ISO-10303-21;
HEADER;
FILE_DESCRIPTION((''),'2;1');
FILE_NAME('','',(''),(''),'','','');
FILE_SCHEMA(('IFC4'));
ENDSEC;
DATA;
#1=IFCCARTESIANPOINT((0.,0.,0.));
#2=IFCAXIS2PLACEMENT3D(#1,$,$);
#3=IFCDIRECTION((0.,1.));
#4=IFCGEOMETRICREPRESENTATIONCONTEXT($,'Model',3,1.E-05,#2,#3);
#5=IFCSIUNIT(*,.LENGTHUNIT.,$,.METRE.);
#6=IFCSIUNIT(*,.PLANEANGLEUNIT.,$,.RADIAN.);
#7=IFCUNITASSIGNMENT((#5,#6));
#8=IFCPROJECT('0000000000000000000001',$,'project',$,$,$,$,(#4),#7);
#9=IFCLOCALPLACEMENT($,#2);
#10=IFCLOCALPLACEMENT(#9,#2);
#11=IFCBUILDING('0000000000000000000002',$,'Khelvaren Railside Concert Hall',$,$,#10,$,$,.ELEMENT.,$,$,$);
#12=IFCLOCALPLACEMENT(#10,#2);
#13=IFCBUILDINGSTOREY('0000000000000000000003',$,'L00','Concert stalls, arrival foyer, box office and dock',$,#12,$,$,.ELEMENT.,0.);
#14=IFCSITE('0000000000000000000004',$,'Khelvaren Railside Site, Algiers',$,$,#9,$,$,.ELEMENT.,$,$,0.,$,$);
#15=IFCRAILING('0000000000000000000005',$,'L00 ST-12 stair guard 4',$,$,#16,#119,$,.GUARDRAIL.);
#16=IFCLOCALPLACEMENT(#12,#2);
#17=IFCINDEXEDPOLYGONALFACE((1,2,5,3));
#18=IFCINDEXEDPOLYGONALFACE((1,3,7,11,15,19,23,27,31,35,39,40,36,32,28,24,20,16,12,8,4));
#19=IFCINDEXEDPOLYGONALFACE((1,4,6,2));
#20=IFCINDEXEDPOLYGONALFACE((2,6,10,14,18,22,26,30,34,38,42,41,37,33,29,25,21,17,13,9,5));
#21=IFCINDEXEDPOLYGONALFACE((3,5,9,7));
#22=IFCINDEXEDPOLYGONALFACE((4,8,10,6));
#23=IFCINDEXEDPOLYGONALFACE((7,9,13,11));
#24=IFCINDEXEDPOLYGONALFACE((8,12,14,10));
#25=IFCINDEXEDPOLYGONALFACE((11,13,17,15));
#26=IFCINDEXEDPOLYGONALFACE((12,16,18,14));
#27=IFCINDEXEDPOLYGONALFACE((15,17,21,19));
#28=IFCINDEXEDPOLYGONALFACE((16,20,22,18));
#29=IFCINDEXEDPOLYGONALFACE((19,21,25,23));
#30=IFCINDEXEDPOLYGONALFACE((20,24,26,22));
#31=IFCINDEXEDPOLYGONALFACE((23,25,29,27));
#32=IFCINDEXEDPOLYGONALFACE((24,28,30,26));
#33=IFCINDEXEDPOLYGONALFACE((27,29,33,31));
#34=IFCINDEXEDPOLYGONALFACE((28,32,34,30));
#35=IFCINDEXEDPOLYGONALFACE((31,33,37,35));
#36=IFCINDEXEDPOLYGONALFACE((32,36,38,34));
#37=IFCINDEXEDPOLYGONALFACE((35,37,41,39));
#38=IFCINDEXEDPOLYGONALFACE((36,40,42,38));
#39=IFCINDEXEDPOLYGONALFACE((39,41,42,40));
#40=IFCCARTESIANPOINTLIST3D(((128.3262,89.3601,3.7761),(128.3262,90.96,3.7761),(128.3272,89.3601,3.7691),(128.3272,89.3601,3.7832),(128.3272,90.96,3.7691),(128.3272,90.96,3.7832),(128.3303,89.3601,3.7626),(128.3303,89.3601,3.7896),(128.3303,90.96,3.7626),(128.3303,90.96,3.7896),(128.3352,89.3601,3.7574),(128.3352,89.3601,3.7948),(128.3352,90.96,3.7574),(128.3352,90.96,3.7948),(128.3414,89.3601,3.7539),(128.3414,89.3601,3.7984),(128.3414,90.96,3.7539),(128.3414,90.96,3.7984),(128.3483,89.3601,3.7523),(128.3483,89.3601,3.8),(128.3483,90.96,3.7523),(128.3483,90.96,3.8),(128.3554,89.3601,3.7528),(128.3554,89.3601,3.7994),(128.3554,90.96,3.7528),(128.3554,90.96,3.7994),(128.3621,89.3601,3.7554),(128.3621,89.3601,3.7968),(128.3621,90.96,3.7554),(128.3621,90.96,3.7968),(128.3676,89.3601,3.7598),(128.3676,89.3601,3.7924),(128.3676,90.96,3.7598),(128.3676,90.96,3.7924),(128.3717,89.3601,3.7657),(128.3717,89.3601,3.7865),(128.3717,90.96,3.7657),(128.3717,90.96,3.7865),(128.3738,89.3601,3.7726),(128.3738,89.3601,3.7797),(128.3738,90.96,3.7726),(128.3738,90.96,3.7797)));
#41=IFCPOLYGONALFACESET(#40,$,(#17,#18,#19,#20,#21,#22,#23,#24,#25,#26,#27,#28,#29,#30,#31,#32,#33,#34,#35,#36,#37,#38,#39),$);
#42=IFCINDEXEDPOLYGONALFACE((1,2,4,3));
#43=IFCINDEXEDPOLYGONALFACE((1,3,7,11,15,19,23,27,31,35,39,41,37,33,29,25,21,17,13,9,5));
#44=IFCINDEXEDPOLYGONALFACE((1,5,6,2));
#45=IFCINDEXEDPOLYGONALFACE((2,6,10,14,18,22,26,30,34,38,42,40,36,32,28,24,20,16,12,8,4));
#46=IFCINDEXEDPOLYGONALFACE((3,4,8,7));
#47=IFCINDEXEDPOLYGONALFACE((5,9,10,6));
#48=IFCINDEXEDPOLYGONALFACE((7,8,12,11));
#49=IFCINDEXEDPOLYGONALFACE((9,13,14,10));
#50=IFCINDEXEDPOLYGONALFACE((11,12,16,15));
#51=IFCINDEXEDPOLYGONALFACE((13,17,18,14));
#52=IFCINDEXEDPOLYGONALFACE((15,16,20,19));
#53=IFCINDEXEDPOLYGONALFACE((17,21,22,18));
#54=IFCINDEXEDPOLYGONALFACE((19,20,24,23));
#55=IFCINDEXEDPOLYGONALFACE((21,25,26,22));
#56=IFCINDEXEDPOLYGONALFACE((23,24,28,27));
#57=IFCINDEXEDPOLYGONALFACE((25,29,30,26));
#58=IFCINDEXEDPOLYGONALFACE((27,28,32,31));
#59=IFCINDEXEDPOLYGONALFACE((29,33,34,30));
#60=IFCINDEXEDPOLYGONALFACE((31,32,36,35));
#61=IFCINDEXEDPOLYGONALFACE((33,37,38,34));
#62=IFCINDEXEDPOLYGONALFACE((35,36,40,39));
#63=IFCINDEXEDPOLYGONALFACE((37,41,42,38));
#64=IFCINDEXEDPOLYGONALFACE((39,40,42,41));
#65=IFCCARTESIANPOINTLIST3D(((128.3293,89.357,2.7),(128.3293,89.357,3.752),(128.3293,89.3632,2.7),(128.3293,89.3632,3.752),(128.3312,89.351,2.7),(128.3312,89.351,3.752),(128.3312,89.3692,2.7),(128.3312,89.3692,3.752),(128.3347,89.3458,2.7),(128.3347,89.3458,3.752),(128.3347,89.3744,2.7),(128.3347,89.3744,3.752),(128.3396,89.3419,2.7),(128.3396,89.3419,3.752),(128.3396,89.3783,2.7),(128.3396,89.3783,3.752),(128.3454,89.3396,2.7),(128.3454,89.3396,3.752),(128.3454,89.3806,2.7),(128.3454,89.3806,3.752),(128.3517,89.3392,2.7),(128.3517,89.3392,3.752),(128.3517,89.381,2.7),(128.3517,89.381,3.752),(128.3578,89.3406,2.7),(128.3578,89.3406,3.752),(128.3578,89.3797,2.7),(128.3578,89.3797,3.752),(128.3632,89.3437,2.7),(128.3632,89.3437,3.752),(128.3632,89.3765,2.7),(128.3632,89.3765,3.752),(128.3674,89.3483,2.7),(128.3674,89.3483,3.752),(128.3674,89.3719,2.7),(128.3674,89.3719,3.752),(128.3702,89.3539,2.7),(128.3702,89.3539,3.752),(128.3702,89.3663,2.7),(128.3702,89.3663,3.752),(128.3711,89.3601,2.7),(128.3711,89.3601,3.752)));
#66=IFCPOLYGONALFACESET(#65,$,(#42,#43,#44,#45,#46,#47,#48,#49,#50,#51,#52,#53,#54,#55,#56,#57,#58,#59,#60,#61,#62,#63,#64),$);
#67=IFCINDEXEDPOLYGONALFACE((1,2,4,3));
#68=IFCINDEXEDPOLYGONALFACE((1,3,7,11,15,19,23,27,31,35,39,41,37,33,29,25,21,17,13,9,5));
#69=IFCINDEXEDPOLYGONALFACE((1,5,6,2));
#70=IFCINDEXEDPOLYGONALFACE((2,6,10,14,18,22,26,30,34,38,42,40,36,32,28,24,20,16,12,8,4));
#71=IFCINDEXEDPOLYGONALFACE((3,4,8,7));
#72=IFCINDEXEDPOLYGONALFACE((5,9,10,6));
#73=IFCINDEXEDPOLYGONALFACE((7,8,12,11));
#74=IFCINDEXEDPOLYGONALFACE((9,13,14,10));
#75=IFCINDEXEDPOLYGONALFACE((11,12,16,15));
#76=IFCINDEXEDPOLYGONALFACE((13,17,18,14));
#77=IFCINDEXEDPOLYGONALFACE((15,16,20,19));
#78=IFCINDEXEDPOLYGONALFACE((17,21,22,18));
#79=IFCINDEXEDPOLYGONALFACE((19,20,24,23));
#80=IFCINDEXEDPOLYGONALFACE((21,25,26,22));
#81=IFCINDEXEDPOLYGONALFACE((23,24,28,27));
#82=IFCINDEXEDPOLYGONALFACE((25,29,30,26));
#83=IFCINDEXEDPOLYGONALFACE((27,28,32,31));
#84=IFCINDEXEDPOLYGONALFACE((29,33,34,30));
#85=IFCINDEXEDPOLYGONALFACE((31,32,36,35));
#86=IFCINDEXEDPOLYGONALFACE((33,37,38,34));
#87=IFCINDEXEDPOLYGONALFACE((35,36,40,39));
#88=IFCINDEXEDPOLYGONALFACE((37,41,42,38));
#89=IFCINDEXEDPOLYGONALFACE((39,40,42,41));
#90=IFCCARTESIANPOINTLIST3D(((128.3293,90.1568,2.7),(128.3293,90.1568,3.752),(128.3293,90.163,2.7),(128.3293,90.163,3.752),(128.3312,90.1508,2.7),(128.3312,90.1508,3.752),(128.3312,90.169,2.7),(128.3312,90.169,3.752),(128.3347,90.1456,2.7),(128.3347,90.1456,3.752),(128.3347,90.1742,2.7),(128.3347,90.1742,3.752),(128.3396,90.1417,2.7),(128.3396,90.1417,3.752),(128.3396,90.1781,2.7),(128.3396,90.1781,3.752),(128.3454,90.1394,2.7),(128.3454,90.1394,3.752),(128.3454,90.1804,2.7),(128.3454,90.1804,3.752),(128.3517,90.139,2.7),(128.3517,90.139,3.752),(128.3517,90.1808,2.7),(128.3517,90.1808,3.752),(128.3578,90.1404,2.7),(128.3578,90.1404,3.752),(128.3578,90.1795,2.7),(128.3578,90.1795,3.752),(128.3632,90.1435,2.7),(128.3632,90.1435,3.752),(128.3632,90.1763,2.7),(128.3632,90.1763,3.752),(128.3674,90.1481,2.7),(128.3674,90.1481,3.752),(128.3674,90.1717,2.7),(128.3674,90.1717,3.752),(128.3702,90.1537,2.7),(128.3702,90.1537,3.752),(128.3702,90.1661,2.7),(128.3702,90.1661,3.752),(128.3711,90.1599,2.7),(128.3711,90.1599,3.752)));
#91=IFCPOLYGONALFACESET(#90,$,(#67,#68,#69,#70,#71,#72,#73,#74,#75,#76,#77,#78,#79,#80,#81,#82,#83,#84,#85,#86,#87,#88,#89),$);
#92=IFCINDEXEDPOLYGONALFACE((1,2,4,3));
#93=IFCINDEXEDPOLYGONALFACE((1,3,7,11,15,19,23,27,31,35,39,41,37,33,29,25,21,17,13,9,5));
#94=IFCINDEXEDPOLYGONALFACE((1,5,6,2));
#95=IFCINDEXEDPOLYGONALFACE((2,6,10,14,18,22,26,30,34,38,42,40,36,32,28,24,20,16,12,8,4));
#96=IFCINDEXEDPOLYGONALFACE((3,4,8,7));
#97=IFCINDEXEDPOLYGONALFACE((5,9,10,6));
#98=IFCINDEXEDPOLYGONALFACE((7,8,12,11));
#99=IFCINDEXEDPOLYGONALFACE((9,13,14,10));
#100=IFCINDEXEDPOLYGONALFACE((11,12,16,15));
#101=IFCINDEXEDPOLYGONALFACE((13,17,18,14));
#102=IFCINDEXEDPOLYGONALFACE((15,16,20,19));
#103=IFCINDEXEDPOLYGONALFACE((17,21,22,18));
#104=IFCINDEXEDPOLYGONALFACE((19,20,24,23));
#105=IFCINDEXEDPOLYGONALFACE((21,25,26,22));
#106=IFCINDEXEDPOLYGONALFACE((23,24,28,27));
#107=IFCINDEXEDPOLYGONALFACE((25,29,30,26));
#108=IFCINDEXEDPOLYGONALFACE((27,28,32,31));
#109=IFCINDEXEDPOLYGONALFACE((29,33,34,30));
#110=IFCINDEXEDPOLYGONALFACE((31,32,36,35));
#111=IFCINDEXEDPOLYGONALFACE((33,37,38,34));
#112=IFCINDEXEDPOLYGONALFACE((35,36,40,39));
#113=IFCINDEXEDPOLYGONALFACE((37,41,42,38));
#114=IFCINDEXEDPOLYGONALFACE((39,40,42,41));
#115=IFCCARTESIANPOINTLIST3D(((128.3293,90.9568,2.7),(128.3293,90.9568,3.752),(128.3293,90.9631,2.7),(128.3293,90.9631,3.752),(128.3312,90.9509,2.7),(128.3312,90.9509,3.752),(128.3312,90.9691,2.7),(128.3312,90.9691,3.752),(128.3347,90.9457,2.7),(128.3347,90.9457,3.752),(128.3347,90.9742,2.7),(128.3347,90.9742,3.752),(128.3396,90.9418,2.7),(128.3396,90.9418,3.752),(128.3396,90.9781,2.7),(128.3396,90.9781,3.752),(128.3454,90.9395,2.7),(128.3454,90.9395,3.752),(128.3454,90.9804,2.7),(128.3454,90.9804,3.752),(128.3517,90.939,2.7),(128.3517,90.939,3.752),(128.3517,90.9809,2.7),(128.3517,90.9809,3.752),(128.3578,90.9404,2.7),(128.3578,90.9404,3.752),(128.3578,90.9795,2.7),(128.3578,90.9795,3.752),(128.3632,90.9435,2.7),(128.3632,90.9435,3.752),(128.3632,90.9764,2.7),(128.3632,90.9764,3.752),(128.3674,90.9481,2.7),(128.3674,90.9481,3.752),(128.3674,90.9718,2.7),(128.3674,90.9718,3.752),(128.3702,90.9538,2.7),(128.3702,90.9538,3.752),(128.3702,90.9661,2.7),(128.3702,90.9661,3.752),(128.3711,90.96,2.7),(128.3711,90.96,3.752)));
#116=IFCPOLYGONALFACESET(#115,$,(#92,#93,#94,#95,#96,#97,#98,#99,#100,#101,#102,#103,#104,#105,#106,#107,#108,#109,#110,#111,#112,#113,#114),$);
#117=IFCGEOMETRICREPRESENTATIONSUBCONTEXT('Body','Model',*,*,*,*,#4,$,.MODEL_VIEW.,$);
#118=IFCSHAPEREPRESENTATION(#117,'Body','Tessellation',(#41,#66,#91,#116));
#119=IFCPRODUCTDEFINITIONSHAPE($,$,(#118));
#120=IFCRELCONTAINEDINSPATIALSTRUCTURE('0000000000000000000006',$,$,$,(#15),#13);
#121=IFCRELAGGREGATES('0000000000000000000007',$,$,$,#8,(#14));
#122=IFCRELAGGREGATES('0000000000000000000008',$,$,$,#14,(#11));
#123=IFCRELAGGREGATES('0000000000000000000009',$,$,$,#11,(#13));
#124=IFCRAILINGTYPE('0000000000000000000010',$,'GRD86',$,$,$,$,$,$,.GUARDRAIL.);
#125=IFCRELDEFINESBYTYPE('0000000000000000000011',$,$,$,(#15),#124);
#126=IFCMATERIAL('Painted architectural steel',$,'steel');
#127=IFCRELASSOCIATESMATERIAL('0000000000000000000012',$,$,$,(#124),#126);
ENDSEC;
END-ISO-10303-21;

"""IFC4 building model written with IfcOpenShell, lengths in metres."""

from ifc_helpers import new_model, si_unit, direction, frame, origin, origin_2d, place, context, subcontext, project, spatial, circle, extrude, material, type_object, element, save


model = new_model("IFC4")

# Units and contexts
model_context = context("Model", 3, precision=1e-05, world=origin(), true_north=direction((0.0, 1.0)))
body_context = subcontext(model_context, "Body", "Model", "MODEL_VIEW")
ifc_project = project(units=[si_unit("LENGTHUNIT", "METRE"), si_unit("PLANEANGLEUNIT", "RADIAN")], contexts=[model_context])

# Site, building, storey
site_placement = place(None, origin())
site = spatial("IfcSite", under=ifc_project, at=site_placement, Name="Khelvaren Railside Site, Algiers", CompositionType="ELEMENT", RefElevation=0.0)
building_placement = place(site_placement, origin())
building = spatial("IfcBuilding", under=site, at=building_placement, Name="Khelvaren Railside Concert Hall", CompositionType="ELEMENT")
storey_placement = place(building_placement, origin())
storey = spatial("IfcBuildingStorey", under=building, at=storey_placement, Name="L00", Description="Concert stalls, arrival foyer, box office and dock", CompositionType="ELEMENT", Elevation=0.0)

# Railing
ifc_material_1 = material(Name="Painted architectural steel", Category="steel")
railing_type_1 = type_object("IfcRailingType", Name="GRD86", PredefinedType="GUARDRAIL", material=ifc_material_1)
railing_1_placement = place(storey_placement, frame((128.3501, 89.3601, 2.7)))
element("IfcRailing", 1, at=railing_1_placement, inside=storey, type_object=railing_type_1, Name="L00 ST-12 stair guard 4", PredefinedType="GUARDRAIL", context=body_context, shape_type="SweptSolid", body=[
    extrude(circle(Radius=0.0239, at=origin_2d()), frame((0.0, 0.0, 1.0762), z_axis=(0.0, 1.0, 0.0), x_axis=(-1.0, 0.0, 0.0)), (0.0, 0.0, 1.0), 1.5999),
    extrude(circle(Radius=0.021, at=origin_2d()), origin(), (0.0, 0.0, 1.0), 1.052),
    extrude(circle(Radius=0.021, at=origin_2d()), frame((0.0, 0.7998, 0.0)), (0.0, 0.0, 1.0), 1.052),
    extrude(circle(Radius=0.021, at=origin_2d()), frame((0.0, 1.5999, 0.0)), (0.0, 0.0, 1.0), 1.052),
])

save(model, "model.ifc")
